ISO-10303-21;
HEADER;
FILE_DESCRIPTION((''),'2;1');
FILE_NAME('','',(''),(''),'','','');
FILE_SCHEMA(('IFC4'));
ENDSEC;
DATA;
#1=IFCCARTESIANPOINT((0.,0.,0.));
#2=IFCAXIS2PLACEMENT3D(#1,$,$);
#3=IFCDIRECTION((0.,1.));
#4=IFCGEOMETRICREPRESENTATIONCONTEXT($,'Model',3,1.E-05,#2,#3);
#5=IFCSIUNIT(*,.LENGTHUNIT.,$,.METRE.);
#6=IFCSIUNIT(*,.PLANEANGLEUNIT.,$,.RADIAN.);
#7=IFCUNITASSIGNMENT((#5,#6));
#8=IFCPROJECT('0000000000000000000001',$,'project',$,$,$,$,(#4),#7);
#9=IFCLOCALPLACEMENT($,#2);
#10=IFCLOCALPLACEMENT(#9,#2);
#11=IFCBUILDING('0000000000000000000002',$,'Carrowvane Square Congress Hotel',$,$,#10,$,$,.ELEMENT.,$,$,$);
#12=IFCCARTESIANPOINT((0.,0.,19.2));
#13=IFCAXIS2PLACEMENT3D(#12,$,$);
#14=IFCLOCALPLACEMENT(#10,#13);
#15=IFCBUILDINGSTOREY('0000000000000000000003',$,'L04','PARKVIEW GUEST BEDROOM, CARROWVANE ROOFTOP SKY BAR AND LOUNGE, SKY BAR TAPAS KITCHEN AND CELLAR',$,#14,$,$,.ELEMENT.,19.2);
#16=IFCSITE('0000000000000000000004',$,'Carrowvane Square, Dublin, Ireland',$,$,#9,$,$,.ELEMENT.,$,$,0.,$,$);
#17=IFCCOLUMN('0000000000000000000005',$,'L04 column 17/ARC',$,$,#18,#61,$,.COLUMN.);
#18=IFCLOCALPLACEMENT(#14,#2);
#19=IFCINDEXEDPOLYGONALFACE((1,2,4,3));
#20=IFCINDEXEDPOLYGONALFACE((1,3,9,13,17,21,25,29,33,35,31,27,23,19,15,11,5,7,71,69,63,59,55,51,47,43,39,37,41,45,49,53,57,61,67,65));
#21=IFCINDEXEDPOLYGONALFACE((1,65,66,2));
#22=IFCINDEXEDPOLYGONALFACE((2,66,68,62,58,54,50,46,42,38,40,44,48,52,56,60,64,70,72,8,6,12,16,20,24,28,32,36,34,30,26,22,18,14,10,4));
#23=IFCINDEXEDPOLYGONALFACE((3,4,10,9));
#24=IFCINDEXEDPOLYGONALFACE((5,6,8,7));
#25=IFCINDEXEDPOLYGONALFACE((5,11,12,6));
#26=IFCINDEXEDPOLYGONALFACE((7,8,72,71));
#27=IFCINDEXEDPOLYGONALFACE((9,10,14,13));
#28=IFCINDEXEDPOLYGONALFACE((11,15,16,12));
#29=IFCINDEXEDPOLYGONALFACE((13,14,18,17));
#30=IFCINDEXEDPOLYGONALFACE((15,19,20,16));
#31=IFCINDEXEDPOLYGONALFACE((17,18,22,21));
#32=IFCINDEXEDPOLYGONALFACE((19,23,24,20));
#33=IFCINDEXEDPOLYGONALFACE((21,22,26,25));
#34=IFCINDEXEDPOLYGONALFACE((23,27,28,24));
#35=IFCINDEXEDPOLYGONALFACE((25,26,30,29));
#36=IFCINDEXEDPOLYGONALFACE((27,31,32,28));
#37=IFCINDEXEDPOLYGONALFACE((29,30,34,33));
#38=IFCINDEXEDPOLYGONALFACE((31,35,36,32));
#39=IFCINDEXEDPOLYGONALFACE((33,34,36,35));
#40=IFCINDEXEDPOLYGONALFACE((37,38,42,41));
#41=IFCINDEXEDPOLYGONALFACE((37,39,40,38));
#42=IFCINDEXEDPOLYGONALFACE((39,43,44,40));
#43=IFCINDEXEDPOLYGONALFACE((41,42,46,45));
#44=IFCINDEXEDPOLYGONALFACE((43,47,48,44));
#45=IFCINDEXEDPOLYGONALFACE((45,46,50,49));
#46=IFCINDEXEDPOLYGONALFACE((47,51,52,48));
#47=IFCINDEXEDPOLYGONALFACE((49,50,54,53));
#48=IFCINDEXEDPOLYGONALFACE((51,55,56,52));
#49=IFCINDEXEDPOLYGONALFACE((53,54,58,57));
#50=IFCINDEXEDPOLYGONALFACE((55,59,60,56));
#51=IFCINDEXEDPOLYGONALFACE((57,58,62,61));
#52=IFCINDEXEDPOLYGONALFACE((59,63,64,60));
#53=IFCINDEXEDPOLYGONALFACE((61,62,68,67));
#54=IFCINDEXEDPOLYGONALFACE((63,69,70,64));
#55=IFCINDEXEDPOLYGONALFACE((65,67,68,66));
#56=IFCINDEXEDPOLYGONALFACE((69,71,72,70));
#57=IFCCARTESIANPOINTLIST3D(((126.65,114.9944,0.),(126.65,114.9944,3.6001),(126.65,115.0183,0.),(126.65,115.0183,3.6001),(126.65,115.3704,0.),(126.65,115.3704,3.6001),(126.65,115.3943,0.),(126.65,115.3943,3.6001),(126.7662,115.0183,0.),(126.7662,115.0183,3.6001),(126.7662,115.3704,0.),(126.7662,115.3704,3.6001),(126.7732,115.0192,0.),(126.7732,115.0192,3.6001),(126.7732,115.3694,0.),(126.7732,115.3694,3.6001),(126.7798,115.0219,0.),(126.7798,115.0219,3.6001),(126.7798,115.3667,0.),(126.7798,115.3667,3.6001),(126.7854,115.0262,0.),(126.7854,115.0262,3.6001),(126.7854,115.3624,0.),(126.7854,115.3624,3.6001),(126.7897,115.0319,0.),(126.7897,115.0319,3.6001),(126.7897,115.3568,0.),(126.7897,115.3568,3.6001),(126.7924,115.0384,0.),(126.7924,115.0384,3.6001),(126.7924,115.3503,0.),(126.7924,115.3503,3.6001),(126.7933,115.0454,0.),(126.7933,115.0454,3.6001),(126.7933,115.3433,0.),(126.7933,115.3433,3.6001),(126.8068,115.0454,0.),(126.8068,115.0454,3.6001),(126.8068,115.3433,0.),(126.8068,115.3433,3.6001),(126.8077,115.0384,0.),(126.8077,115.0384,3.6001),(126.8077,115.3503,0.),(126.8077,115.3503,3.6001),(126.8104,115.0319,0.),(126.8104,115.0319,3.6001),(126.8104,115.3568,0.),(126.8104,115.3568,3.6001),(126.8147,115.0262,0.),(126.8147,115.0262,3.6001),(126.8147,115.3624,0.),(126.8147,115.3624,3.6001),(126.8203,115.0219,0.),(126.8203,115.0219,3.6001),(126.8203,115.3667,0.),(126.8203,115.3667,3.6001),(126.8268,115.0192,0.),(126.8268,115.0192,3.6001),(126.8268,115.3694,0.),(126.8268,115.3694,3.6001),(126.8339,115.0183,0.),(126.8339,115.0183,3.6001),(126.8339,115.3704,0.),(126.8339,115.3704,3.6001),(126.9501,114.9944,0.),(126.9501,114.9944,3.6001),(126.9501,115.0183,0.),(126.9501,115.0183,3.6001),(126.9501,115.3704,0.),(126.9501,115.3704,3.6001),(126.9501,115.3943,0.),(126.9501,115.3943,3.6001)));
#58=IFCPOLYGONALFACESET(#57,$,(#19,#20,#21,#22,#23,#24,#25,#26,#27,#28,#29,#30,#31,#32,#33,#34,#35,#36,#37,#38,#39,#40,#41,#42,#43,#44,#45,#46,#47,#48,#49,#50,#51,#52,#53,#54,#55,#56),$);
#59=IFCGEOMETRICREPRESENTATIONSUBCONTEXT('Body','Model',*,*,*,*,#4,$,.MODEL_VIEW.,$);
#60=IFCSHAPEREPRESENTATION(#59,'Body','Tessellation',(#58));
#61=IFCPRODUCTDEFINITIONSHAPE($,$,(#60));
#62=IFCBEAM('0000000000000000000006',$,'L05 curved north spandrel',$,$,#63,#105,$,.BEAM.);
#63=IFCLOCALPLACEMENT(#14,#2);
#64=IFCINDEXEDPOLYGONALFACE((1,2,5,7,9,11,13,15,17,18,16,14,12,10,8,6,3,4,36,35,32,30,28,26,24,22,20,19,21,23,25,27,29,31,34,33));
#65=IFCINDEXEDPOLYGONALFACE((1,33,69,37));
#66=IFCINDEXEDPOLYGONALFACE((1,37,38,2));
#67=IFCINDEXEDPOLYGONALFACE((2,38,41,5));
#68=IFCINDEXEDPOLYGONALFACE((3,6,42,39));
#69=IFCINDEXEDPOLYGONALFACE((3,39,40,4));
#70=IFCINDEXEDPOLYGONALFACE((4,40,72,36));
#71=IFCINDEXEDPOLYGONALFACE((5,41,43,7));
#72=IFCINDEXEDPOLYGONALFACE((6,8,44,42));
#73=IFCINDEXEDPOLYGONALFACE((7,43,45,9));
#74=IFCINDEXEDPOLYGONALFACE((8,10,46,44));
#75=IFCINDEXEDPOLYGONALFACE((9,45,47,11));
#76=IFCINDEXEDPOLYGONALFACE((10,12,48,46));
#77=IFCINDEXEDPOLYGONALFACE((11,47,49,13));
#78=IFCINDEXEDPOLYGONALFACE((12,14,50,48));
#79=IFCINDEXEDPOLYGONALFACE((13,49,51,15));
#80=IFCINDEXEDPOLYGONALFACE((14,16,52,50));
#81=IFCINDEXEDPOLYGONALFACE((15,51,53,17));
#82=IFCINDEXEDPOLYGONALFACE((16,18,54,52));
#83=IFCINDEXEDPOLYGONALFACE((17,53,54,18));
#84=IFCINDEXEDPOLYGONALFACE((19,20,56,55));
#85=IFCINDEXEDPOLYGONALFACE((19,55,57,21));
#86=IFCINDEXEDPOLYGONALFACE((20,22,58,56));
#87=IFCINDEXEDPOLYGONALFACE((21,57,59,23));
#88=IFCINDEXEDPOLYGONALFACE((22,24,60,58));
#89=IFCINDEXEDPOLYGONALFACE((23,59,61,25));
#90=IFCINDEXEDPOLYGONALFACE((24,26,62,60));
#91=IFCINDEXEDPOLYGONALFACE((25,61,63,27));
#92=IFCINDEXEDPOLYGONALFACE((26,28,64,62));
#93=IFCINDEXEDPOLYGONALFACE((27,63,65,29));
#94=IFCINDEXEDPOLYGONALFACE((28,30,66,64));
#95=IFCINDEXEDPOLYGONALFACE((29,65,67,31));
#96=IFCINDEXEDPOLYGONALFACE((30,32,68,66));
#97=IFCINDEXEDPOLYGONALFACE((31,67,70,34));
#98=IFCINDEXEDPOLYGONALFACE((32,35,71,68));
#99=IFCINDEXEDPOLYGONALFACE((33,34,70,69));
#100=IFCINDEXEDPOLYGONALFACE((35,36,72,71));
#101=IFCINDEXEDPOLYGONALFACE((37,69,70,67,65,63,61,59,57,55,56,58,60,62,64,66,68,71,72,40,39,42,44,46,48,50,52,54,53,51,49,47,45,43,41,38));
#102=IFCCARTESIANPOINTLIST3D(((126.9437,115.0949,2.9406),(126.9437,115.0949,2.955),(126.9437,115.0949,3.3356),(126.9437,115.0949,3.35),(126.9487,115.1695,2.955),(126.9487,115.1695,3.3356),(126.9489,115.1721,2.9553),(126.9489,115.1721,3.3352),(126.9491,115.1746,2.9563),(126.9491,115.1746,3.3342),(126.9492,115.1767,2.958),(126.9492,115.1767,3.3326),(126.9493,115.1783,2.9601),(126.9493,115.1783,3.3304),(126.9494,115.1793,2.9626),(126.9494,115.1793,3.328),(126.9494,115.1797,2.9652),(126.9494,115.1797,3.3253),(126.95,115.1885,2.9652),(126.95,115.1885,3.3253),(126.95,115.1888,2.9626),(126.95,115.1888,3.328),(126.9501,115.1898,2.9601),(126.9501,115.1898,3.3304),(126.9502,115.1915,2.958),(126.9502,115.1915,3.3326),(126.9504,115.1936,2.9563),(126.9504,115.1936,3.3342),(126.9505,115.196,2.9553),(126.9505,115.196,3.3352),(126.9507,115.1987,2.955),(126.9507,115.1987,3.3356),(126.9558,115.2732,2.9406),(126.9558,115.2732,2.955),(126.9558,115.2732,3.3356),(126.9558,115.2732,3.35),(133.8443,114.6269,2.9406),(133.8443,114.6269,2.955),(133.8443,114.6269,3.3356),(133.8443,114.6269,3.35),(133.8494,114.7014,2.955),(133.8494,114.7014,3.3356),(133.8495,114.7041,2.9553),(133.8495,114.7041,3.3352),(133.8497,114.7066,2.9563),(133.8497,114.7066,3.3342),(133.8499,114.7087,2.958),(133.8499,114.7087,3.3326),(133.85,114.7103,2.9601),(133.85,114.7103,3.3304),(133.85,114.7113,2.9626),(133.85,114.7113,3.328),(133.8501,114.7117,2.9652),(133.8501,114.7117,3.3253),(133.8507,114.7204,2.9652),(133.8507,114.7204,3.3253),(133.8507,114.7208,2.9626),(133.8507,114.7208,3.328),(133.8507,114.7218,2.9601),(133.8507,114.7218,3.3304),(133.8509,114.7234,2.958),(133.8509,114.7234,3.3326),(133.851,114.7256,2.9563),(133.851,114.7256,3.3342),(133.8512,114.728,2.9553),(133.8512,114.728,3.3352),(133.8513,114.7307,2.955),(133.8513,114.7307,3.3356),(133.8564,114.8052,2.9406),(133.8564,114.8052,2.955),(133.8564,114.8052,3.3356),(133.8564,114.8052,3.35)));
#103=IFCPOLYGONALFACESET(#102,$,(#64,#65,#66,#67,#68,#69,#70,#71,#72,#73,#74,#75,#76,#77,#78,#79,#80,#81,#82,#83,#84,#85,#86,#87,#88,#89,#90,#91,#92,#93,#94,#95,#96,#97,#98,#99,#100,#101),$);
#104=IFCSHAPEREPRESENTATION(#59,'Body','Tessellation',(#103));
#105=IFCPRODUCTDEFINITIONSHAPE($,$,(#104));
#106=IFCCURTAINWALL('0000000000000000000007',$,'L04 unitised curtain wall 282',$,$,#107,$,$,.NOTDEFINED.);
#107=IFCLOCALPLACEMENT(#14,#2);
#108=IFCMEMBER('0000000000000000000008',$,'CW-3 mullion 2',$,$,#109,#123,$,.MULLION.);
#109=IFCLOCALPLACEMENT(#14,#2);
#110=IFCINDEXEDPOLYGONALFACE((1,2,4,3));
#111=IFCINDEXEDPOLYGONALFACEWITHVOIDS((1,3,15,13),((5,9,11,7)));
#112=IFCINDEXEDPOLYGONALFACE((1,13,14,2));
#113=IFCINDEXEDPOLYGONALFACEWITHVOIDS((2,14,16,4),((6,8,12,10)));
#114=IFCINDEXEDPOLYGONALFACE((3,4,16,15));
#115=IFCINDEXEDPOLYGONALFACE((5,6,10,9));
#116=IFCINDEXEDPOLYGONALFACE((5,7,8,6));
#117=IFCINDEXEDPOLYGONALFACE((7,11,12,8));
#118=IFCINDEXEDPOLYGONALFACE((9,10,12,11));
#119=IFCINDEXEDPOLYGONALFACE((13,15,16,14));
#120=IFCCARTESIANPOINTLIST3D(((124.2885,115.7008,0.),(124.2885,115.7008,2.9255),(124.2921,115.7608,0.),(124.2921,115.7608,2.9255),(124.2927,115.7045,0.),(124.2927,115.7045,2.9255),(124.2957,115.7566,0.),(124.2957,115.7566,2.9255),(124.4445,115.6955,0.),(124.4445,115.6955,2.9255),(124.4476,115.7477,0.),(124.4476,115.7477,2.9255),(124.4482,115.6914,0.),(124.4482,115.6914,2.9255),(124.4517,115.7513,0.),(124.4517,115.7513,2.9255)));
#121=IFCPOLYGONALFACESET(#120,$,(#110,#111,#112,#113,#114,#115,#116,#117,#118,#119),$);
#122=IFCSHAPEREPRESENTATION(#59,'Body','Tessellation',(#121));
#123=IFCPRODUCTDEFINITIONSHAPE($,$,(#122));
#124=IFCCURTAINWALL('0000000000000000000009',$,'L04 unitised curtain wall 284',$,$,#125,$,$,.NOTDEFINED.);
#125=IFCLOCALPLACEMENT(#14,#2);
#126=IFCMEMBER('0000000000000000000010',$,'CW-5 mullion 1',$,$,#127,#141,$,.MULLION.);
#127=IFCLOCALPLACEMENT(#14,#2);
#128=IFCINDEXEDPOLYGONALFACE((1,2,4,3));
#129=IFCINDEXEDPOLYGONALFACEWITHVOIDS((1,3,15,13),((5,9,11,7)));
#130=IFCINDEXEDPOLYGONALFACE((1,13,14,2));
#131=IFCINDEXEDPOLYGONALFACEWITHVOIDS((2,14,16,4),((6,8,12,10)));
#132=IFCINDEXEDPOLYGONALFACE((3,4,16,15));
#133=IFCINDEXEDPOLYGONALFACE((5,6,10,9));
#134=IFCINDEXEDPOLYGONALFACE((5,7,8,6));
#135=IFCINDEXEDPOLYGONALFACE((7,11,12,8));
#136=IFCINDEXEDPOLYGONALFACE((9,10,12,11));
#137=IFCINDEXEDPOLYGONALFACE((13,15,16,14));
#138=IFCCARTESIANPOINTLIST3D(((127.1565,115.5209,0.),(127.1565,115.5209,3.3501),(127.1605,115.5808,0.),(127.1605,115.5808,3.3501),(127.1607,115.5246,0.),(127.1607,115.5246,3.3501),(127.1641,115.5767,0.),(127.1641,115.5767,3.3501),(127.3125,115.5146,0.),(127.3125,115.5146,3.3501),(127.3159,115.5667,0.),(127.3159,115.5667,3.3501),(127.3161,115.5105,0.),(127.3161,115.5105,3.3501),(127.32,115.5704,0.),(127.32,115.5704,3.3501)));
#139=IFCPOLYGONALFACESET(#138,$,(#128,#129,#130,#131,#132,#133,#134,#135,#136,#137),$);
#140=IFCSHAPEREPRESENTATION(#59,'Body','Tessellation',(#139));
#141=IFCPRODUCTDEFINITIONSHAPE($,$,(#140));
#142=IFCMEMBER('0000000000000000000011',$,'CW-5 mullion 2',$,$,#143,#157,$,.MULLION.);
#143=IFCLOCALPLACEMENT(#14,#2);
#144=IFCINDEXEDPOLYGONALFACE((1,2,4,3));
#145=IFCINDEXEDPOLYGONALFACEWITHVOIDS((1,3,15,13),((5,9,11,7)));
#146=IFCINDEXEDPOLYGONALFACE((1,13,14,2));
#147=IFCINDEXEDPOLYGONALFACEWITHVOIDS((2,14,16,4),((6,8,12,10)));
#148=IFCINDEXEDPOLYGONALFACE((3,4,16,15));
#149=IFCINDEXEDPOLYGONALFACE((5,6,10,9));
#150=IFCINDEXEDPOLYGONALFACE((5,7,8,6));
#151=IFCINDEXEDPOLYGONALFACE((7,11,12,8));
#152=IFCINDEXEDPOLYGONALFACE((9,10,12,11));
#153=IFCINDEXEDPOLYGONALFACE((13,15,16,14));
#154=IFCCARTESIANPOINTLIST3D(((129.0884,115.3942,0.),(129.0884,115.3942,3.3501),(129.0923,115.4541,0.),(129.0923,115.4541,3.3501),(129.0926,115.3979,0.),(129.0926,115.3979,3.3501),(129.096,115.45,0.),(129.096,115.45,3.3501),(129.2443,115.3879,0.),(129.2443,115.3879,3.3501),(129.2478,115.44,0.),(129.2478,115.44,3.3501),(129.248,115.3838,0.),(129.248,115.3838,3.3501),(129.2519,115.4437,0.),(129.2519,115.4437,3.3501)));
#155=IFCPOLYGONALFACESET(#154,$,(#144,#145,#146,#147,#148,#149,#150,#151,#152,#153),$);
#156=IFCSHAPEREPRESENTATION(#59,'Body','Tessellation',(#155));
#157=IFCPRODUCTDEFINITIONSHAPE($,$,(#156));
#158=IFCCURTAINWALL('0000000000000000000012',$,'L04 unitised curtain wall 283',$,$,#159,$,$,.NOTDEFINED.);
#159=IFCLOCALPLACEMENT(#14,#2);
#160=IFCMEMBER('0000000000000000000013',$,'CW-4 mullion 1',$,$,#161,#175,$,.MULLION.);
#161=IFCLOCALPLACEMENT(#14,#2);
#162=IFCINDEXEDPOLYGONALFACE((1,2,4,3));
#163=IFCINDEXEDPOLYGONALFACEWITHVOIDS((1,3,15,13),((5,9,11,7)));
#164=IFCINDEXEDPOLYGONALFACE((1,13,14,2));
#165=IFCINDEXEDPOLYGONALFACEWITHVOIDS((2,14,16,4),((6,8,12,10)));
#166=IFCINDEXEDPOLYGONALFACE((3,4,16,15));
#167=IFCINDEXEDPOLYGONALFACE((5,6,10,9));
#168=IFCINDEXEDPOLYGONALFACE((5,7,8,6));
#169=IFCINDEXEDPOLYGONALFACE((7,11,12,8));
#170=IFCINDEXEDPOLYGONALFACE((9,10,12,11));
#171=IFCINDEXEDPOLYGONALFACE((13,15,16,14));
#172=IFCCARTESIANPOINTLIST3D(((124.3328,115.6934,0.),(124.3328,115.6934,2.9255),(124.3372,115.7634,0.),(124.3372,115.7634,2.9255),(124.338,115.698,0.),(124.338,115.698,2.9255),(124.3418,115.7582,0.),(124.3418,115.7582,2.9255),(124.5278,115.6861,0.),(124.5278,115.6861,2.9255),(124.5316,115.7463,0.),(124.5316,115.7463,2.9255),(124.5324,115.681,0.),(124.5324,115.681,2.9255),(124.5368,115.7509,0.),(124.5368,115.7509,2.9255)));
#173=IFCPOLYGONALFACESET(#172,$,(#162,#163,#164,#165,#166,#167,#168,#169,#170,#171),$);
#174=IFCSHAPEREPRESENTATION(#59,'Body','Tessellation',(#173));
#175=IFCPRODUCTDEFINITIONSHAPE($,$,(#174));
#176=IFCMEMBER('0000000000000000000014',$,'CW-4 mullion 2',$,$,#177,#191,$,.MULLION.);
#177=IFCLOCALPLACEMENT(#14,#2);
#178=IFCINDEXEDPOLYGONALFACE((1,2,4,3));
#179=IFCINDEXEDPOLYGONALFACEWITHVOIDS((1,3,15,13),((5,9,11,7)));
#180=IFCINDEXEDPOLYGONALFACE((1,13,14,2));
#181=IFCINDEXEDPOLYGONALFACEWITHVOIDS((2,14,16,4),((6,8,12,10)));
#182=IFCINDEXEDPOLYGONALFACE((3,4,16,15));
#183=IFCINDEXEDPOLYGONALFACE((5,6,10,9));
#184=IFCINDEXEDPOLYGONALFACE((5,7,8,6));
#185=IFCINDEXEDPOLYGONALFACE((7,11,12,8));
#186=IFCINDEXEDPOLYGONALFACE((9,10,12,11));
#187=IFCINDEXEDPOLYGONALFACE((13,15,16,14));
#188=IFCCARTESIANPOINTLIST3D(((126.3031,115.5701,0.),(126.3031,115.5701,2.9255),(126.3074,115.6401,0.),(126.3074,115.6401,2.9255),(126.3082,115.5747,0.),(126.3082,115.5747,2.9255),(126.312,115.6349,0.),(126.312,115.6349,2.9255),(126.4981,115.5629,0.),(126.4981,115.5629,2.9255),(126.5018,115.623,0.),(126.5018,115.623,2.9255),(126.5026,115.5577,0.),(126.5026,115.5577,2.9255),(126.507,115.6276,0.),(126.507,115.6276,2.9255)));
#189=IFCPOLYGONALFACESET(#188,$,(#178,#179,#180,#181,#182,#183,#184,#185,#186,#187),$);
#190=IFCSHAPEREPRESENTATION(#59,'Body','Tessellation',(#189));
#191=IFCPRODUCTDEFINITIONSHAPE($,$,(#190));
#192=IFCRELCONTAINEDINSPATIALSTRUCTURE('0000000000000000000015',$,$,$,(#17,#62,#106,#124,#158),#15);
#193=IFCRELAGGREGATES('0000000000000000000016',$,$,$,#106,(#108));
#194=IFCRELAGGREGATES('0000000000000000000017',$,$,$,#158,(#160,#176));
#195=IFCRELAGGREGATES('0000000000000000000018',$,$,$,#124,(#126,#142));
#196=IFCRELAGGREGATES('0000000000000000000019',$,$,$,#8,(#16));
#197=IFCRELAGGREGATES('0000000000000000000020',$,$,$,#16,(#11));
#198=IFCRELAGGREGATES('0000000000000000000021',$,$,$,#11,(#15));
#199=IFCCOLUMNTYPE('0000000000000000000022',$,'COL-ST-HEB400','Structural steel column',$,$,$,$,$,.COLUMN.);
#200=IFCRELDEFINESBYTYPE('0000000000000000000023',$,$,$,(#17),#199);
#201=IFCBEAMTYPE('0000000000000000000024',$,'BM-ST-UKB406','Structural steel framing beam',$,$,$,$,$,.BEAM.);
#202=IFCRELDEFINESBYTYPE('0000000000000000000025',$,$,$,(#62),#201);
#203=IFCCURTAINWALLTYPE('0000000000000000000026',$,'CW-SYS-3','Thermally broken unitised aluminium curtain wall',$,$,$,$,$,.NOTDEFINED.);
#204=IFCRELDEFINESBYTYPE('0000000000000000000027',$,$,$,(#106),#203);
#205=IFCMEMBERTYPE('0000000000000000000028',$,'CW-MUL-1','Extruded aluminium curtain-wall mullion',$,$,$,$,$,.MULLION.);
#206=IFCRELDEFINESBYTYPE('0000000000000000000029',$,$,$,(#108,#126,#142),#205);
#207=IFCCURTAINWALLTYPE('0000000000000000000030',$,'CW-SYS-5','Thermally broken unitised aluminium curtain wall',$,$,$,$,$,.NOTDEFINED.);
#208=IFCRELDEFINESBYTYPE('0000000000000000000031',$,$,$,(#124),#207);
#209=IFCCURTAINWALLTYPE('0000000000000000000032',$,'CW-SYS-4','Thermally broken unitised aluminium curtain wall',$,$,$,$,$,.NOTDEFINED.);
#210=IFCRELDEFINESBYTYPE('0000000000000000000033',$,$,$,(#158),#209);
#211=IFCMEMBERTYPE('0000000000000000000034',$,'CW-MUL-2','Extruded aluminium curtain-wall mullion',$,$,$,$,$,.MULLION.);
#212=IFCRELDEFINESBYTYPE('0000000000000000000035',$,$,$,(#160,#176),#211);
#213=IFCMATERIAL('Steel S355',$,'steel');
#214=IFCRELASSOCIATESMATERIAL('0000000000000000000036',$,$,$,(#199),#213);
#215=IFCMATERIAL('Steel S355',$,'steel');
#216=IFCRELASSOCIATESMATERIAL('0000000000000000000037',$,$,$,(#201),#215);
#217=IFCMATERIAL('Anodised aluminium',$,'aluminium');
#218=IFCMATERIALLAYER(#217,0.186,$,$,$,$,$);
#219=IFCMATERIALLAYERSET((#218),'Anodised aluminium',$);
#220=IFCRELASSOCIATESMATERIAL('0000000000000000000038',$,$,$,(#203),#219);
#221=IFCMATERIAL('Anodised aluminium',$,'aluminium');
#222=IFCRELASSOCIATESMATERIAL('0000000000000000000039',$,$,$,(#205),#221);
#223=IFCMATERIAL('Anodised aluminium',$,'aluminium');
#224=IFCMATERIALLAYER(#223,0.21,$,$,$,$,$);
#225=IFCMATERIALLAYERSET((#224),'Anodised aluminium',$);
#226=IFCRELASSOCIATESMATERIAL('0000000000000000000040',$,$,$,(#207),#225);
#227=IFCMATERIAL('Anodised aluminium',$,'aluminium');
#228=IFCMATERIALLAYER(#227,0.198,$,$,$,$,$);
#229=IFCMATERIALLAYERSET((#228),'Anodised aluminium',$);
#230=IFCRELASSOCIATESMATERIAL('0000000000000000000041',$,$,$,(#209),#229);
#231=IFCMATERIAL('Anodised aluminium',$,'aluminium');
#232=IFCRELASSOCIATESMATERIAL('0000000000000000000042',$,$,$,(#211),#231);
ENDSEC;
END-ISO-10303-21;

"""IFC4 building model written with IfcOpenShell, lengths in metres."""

from ifc_helpers import new_model, si_unit, direction, frame, origin, origin_2d, place, context, subcontext, project, spatial, hollow_rectangle, i_section, extrude, material, layer, layer_set, material_profile, profile_set, type_object, element, aggregate, save


model = new_model("IFC4")

# Units and contexts
model_context = context("Model", 3, precision=1e-05, world=origin(), true_north=direction((0.0, 1.0)))
body_context = subcontext(model_context, "Body", "Model", "MODEL_VIEW")
ifc_project = project(units=[si_unit("LENGTHUNIT", "METRE"), si_unit("PLANEANGLEUNIT", "RADIAN")], contexts=[model_context])

# Site, building, storey
site_placement = place(None, origin())
site = spatial("IfcSite", under=ifc_project, at=site_placement, Name="Carrowvane Square, Dublin, Ireland", CompositionType="ELEMENT", RefElevation=0.0)
building_placement = place(site_placement, origin())
building = spatial("IfcBuilding", under=site, at=building_placement, Name="Carrowvane Square Congress Hotel", CompositionType="ELEMENT")
storey_placement = place(building_placement, frame((0.0, 0.0, 19.2)))
storey = spatial("IfcBuildingStorey", under=building, at=storey_placement, Name="L04", Description="PARKVIEW GUEST BEDROOM, CARROWVANE ROOFTOP SKY BAR AND LOUNGE, SKY BAR TAPAS KITCHEN AND CELLAR", CompositionType="ELEMENT", Elevation=19.2)

# Column
ifc_material_1 = material(Name="Steel S355", Category="steel")
ifc_material_profile_1 = material_profile(ifc_material_1, i_section(OverallWidth=0.3, OverallDepth=0.3999, WebThickness=0.0134, FlangeThickness=0.0239, FilletRadius=0.0271, at=origin_2d()), Name="HEB 400")
ifc_profile_set_1 = profile_set([ifc_material_profile_1], Name="Steel S355")
column_type = type_object("IfcColumnType", Name="COL-ST-HEB400", Description="Structural steel column", PredefinedType="COLUMN", material=ifc_profile_set_1)
column_placement = place(storey_placement, frame((126.8, 115.1943, 0.0), z_axis=(0.0, 0.0, 1.0), x_axis=(1.0, 0.0, 0.0)))
element("IfcColumn", 1, at=column_placement, inside=storey, type_object=column_type, Name="L04 column 17/ARC", PredefinedType="COLUMN", context=body_context, shape_type="SweptSolid", body=[
    extrude(i_section(OverallWidth=0.3, OverallDepth=0.3999, WebThickness=0.0134, FlangeThickness=0.0239, FilletRadius=0.0271, at=origin_2d()), origin(), (0.0, 0.0, 1.0), 3.6001),
])

# Beam
ifc_material_2 = material(Name="Steel S355", Category="steel")
ifc_material_profile_2 = material_profile(ifc_material_2, i_section(OverallWidth=0.1787, OverallDepth=0.4094, WebThickness=0.0088, FlangeThickness=0.0144, FilletRadius=0.0103, at=origin_2d()), Name="UKB 406x178x67")
ifc_profile_set_2 = profile_set([ifc_material_profile_2], Name="Steel S355")
beam_type = type_object("IfcBeamType", Name="BM-ST-UKB406", Description="Structural steel framing beam", PredefinedType="BEAM", material=ifc_profile_set_2)
beam_placement = place(storey_placement, frame((126.9497, 115.1841, 3.1453), z_axis=(0.997708, -0.067667, 0.0), x_axis=(0.067667, 0.997708, 0.0)))
element("IfcBeam", 2, at=beam_placement, inside=storey, type_object=beam_type, Name="L05 curved north spandrel", PredefinedType="BEAM", context=body_context, shape_type="SweptSolid", body=[
    extrude(i_section(OverallWidth=0.1787, OverallDepth=0.4094, WebThickness=0.0088, FlangeThickness=0.0144, FilletRadius=0.0103, at=origin_2d()), origin(), (0.0, 0.0, 1.0), 6.9165),
])

# Curtain wall, member
ifc_material_3 = material(Name="Anodised aluminium", Category="aluminium")
ifc_layer_1 = layer(ifc_material_3, 0.186)
ifc_layer_set_1 = layer_set([ifc_layer_1], Name="Anodised aluminium")
curtain_wall_type_1 = type_object("IfcCurtainWallType", Name="CW-SYS-3", Description="Thermally broken unitised aluminium curtain wall", PredefinedType="NOTDEFINED", material=ifc_layer_set_1)
curtain_wall_1_placement = place(storey_placement, origin())
curtain_wall_1 = element("IfcCurtainWall", 3, at=curtain_wall_1_placement, inside=storey, type_object=curtain_wall_type_1, Name="L04 unitised curtain wall 282", PredefinedType="NOTDEFINED")
ifc_material_4 = material(Name="Anodised aluminium", Category="aluminium")
ifc_material_profile_3 = material_profile(ifc_material_4, hollow_rectangle(XDim=0.0601, YDim=0.1599, WallThickness=0.0039, at=origin_2d()), Name="CW-ML 60x160x4")
ifc_profile_set_3 = profile_set([ifc_material_profile_3], Name="Anodised aluminium")
member_type_1 = type_object("IfcMemberType", Name="CW-MUL-1", Description="Extruded aluminium curtain-wall mullion", PredefinedType="MULLION", material=ifc_profile_set_3)
member_1_placement = place(storey_placement, frame((124.3701, 115.7261, 0.0), z_axis=(0.0, 0.0, 1.0), x_axis=(0.058851, 0.998267, 0.0)))
member_1 = element("IfcMember", 4, at=member_1_placement, type_object=member_type_1, Name="CW-3 mullion 2", PredefinedType="MULLION", context=body_context, shape_type="SweptSolid", body=[
    extrude(hollow_rectangle(XDim=0.0601, YDim=0.1599, WallThickness=0.0039, at=origin_2d()), origin(), (0.0, 0.0, 1.0), 2.9255),
])
aggregate(curtain_wall_1, [member_1])

# Curtain walls, members
ifc_material_5 = material(Name="Anodised aluminium", Category="aluminium")
ifc_layer_2 = layer(ifc_material_5, 0.21)
ifc_layer_set_2 = layer_set([ifc_layer_2], Name="Anodised aluminium")
curtain_wall_type_2 = type_object("IfcCurtainWallType", Name="CW-SYS-5", Description="Thermally broken unitised aluminium curtain wall", PredefinedType="NOTDEFINED", material=ifc_layer_set_2)
curtain_wall_2_placement = place(storey_placement, origin())
curtain_wall_2 = element("IfcCurtainWall", 5, at=curtain_wall_2_placement, inside=storey, type_object=curtain_wall_type_2, Name="L04 unitised curtain wall 284", PredefinedType="NOTDEFINED")
member_2_placement = place(storey_placement, frame((127.2383, 115.5457, 0.0), z_axis=(0.0, 0.0, 1.0), x_axis=(0.065414, 0.997858, 0.0)))
member_2 = element("IfcMember", 6, at=member_2_placement, type_object=member_type_1, Name="CW-5 mullion 1", PredefinedType="MULLION", context=body_context, shape_type="SweptSolid", body=[
    extrude(hollow_rectangle(XDim=0.0601, YDim=0.1599, WallThickness=0.0039, at=origin_2d()), origin(), (0.0, 0.0, 1.0), 3.3501),
])
member_3_placement = place(storey_placement, frame((129.1702, 115.4189, 0.0), z_axis=(0.0, 0.0, 1.0), x_axis=(0.065414, 0.997858, 0.0)))
member_3 = element("IfcMember", 7, at=member_3_placement, type_object=member_type_1, Name="CW-5 mullion 2", PredefinedType="MULLION", context=body_context, shape_type="SweptSolid", body=[
    extrude(hollow_rectangle(XDim=0.0601, YDim=0.1599, WallThickness=0.0039, at=origin_2d()), origin(), (0.0, 0.0, 1.0), 3.3501),
])
ifc_material_6 = material(Name="Anodised aluminium", Category="aluminium")
ifc_layer_3 = layer(ifc_material_6, 0.198)
ifc_layer_set_3 = layer_set([ifc_layer_3], Name="Anodised aluminium")
curtain_wall_type_3 = type_object("IfcCurtainWallType", Name="CW-SYS-4", Description="Thermally broken unitised aluminium curtain wall", PredefinedType="NOTDEFINED", material=ifc_layer_set_3)
curtain_wall_3_placement = place(storey_placement, origin())
curtain_wall_3 = element("IfcCurtainWall", 8, at=curtain_wall_3_placement, inside=storey, type_object=curtain_wall_type_3, Name="L04 unitised curtain wall 283", PredefinedType="NOTDEFINED")
ifc_material_7 = material(Name="Anodised aluminium", Category="aluminium")
ifc_material_profile_4 = material_profile(ifc_material_7, hollow_rectangle(XDim=0.0701, YDim=0.2, WallThickness=0.0049, at=origin_2d()), Name="CW-ML 70x200x5")
ifc_profile_set_4 = profile_set([ifc_material_profile_4], Name="Anodised aluminium")
member_type_2 = type_object("IfcMemberType", Name="CW-MUL-2", Description="Extruded aluminium curtain-wall mullion", PredefinedType="MULLION", material=ifc_profile_set_4)
member_4_placement = place(storey_placement, frame((124.4348, 115.7222, 0.0), z_axis=(0.0, 0.0, 1.0), x_axis=(0.062397, 0.998051, 0.0)))
member_4 = element("IfcMember", 9, at=member_4_placement, type_object=member_type_2, Name="CW-4 mullion 1", PredefinedType="MULLION", context=body_context, shape_type="SweptSolid", body=[
    extrude(hollow_rectangle(XDim=0.0701, YDim=0.2, WallThickness=0.0049, at=origin_2d()), origin(), (0.0, 0.0, 1.0), 2.9255),
])
member_5_placement = place(storey_placement, frame((126.405, 115.5989, 0.0), z_axis=(0.0, 0.0, 1.0), x_axis=(0.062397, 0.998051, 0.0)))
member_5 = element("IfcMember", 10, at=member_5_placement, type_object=member_type_2, Name="CW-4 mullion 2", PredefinedType="MULLION", context=body_context, shape_type="SweptSolid", body=[
    extrude(hollow_rectangle(XDim=0.0701, YDim=0.2, WallThickness=0.0049, at=origin_2d()), origin(), (0.0, 0.0, 1.0), 2.9255),
])

aggregate(curtain_wall_3, [member_4, member_5])
aggregate(curtain_wall_2, [member_2, member_3])

save(model, "model.ifc")
